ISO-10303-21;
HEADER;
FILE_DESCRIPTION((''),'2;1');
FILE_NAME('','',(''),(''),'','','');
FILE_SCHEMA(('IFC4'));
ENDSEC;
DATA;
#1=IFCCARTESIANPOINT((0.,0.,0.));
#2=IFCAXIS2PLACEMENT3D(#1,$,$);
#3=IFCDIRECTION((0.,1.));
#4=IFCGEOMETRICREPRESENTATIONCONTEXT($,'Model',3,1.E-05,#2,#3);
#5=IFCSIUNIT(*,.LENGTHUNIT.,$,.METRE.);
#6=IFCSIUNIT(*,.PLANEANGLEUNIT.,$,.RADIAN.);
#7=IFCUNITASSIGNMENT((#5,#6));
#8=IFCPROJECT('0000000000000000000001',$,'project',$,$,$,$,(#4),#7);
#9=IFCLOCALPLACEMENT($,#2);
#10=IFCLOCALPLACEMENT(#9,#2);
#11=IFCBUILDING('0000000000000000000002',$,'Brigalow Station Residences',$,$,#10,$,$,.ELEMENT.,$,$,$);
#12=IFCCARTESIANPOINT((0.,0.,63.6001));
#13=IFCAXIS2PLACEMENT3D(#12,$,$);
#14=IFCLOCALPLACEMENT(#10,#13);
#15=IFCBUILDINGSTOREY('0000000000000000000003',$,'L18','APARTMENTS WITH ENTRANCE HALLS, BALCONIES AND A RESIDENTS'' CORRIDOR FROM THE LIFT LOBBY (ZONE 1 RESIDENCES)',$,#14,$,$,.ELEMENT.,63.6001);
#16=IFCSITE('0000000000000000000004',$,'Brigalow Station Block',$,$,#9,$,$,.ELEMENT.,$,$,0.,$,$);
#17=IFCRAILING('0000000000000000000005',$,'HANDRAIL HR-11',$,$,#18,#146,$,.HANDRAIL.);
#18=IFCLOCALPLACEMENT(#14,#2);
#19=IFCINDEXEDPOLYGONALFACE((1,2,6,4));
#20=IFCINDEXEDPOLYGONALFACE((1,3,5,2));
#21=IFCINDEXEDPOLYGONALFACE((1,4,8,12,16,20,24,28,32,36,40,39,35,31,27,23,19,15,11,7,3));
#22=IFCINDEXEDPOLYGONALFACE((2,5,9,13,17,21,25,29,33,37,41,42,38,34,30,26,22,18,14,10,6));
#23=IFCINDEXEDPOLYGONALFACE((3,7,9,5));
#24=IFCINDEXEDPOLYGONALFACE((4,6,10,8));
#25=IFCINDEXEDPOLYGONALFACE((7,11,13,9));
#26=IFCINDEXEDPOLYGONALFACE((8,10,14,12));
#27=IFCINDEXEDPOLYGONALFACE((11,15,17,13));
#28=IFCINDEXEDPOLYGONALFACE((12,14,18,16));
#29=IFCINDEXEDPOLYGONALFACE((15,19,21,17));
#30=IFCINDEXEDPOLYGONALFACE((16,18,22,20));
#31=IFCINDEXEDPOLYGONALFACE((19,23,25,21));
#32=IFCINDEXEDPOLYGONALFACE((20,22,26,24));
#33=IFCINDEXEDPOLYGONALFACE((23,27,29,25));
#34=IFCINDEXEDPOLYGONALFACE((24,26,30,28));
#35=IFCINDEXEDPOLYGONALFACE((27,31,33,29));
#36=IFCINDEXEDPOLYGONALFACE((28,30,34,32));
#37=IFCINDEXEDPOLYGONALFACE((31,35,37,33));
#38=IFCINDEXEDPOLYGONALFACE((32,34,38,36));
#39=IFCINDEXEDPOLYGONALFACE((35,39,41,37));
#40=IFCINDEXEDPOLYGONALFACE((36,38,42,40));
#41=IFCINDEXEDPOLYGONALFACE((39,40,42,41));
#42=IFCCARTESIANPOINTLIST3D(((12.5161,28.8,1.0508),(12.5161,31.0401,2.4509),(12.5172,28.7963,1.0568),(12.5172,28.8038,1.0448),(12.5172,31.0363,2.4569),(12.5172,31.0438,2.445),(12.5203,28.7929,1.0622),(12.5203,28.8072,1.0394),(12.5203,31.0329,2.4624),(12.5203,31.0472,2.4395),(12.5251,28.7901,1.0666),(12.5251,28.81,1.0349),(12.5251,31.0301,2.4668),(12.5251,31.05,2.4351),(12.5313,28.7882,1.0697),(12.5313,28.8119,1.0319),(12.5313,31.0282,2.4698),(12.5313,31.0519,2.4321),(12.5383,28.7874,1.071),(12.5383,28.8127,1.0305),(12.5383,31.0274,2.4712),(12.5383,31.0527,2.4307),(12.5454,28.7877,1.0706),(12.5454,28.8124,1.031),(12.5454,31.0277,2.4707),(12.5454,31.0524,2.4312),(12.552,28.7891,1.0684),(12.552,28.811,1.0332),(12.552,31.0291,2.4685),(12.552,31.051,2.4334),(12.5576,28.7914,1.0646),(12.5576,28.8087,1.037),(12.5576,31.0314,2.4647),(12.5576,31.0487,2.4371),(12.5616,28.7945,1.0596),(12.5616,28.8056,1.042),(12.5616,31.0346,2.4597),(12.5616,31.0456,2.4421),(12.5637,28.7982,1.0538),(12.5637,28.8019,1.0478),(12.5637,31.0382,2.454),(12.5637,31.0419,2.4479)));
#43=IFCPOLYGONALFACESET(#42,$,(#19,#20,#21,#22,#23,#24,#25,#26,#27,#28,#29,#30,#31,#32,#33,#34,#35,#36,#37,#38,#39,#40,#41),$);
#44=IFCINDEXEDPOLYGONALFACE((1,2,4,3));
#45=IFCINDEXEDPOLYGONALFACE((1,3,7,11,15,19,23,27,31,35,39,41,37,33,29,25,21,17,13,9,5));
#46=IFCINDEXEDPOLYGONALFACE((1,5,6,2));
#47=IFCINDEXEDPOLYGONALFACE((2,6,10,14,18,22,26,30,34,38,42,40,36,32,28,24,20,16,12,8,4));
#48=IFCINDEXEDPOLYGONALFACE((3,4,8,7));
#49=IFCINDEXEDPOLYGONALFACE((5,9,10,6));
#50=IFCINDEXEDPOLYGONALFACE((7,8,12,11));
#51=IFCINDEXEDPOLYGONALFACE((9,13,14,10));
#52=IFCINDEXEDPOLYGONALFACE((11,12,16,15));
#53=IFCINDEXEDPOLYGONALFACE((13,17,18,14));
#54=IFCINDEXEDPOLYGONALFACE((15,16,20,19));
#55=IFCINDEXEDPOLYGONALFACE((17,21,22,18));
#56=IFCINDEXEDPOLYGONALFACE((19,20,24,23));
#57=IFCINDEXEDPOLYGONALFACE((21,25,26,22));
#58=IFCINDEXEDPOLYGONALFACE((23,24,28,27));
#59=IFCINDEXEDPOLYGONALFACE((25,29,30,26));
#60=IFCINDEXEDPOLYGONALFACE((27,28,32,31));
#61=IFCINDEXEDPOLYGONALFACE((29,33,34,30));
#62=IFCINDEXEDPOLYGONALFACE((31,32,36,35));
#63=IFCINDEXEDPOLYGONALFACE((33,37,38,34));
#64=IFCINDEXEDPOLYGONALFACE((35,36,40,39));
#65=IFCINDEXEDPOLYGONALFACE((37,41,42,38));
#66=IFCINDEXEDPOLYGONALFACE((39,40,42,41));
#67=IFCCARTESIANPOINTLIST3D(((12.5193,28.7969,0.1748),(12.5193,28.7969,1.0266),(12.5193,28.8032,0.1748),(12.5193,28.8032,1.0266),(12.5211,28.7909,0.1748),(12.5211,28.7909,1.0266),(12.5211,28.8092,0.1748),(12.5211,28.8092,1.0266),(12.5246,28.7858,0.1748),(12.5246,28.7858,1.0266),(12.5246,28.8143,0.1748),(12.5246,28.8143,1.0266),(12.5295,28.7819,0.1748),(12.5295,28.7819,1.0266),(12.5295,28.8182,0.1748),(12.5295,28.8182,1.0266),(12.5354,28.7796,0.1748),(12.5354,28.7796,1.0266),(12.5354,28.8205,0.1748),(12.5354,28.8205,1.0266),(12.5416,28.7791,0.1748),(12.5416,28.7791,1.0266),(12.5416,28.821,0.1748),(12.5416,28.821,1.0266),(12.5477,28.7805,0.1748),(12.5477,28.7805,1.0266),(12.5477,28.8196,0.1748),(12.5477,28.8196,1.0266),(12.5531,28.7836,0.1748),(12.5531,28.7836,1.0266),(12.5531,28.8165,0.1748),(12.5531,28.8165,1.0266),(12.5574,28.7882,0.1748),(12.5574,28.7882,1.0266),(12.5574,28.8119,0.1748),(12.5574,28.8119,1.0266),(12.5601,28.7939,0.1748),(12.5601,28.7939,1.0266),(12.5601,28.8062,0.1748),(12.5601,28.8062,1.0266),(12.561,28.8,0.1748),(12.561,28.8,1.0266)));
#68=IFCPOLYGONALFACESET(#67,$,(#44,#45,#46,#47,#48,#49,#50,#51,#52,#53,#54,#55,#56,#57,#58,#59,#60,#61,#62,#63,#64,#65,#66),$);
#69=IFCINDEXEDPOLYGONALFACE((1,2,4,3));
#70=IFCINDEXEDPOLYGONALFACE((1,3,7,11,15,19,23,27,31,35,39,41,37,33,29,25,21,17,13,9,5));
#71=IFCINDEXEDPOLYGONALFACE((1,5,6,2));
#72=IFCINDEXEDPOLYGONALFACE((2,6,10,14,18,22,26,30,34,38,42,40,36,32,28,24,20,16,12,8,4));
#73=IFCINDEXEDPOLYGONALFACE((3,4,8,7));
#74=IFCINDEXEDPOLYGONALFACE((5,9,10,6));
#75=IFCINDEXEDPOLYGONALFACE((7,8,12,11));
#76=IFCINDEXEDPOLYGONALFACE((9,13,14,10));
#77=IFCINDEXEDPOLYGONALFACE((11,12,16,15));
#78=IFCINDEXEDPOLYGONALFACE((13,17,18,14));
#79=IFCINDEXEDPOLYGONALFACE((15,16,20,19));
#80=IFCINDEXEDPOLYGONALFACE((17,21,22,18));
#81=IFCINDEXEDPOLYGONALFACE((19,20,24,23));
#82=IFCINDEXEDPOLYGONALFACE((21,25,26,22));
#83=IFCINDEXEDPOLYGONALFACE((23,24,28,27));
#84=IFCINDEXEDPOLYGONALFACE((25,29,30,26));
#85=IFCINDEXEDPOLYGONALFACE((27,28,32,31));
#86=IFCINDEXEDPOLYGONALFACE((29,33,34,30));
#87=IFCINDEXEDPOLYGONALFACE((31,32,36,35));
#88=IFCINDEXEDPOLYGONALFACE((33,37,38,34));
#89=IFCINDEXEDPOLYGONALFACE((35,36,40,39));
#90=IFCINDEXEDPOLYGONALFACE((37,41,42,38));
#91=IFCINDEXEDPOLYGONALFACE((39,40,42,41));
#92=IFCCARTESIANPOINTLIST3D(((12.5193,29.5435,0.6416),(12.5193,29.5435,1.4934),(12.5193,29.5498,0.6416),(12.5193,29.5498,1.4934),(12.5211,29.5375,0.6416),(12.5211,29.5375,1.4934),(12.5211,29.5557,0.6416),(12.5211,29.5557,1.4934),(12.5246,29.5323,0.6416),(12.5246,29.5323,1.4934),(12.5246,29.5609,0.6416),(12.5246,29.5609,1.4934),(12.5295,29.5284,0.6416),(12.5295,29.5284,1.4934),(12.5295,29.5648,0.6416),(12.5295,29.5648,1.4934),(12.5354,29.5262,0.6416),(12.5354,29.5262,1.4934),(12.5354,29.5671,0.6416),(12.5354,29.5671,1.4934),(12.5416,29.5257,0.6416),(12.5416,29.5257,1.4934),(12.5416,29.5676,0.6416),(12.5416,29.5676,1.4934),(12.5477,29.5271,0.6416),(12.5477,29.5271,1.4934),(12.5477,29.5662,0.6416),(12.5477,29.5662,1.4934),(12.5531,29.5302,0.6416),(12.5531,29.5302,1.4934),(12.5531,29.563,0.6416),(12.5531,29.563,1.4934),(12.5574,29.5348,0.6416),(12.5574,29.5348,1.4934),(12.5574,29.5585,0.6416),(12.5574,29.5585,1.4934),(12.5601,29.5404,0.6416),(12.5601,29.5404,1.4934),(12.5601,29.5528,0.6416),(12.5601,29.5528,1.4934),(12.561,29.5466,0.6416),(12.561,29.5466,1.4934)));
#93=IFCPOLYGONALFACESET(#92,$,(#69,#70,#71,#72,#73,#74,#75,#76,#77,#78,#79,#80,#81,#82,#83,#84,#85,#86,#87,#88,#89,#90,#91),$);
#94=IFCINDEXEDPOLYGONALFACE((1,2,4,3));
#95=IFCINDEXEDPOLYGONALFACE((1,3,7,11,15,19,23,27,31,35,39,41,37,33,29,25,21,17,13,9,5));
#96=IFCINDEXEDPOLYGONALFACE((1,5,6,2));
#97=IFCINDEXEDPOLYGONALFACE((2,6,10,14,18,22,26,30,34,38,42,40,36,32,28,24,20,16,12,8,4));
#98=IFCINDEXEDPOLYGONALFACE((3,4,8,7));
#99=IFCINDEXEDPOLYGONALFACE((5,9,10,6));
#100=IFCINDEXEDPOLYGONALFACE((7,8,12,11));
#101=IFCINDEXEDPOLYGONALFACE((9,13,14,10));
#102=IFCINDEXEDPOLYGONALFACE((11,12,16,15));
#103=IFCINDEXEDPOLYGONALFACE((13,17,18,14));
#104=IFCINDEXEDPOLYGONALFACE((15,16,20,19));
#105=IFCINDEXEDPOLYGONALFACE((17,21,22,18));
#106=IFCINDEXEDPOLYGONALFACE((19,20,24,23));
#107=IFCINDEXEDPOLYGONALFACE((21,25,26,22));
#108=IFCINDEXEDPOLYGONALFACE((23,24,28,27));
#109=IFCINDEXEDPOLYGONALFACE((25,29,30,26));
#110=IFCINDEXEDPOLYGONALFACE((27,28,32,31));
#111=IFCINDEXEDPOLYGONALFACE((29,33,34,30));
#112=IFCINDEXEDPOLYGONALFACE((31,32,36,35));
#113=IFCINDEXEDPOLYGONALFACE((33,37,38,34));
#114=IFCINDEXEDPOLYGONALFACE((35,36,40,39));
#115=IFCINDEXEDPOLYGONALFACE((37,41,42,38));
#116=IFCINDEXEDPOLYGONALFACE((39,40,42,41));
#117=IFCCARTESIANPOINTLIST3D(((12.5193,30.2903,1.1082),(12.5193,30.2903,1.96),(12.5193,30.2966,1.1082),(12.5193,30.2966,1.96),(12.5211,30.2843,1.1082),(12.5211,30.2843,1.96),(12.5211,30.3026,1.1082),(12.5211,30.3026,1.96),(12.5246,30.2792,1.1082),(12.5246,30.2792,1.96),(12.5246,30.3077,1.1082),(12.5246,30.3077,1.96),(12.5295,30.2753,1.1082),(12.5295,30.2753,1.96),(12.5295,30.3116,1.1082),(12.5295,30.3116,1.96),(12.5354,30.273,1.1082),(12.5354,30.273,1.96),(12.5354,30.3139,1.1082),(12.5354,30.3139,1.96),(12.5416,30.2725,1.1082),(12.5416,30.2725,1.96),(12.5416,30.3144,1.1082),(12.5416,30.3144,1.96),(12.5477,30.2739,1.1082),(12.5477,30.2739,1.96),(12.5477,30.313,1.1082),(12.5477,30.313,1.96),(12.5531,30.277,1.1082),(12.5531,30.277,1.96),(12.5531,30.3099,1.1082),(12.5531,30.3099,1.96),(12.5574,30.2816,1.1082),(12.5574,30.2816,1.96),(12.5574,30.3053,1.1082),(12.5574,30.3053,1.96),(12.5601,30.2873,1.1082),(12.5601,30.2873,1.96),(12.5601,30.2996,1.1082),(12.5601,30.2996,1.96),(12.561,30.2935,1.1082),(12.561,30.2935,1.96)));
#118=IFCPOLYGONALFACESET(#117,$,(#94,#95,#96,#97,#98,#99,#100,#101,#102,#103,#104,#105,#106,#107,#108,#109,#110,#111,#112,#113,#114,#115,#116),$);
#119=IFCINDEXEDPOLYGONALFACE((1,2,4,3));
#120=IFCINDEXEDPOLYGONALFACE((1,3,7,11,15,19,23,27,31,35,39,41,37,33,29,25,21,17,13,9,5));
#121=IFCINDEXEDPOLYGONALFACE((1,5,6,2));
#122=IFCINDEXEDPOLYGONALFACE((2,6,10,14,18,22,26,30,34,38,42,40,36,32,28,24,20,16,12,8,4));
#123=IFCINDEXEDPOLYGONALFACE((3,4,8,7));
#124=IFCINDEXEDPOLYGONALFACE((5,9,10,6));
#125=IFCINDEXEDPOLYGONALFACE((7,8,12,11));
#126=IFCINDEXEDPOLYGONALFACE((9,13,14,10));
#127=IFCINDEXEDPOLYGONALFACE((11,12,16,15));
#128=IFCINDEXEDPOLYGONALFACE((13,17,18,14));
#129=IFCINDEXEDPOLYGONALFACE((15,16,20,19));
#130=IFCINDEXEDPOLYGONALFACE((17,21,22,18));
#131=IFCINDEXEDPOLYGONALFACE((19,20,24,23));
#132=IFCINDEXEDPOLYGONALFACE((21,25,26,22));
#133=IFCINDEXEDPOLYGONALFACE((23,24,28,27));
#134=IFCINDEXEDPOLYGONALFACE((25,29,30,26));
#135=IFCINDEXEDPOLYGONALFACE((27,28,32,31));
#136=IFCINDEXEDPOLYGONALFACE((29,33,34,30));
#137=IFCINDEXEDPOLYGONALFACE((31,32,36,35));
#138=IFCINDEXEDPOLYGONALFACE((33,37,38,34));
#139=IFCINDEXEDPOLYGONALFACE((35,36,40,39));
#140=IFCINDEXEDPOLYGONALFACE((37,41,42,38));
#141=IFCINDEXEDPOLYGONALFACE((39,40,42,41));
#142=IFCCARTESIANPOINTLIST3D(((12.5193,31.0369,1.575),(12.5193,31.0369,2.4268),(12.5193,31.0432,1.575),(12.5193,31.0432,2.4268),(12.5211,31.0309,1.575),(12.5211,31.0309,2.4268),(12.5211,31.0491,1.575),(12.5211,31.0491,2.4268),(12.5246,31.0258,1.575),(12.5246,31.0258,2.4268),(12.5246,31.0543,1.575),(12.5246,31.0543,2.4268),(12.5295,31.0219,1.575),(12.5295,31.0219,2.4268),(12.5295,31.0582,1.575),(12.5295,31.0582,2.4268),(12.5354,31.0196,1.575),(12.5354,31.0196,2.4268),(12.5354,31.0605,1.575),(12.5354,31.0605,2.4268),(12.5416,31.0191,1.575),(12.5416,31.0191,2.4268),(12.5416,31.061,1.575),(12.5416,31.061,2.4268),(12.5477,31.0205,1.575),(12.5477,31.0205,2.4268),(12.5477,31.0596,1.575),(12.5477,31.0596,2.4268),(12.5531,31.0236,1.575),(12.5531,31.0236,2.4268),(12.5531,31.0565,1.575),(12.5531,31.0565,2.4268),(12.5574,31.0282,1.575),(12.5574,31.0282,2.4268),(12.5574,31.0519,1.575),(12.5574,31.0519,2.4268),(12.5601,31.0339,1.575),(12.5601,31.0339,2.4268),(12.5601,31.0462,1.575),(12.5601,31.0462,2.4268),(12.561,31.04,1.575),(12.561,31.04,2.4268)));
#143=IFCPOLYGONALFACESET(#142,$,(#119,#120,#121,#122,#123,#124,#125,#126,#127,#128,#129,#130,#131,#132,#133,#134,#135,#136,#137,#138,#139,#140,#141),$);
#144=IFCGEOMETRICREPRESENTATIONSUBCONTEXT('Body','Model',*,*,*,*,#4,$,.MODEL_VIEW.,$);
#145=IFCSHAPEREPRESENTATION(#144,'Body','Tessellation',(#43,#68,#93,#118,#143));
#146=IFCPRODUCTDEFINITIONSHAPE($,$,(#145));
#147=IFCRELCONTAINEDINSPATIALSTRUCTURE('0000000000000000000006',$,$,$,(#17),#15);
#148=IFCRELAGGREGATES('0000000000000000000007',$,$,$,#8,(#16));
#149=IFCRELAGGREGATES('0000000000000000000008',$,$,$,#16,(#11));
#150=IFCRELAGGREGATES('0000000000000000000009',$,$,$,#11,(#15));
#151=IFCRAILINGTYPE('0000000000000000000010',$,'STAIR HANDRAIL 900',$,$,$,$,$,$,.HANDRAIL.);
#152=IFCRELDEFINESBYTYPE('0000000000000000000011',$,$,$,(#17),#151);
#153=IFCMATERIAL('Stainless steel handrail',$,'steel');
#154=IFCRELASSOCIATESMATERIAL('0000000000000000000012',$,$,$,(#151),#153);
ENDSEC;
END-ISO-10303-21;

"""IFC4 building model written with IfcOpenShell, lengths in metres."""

from ifc_helpers import new_model, si_unit, direction, frame, origin, origin_2d, place, context, subcontext, project, spatial, circle, extrude, material, type_object, element, save


model = new_model("IFC4")

# Units and contexts
model_context = context("Model", 3, precision=1e-05, world=origin(), true_north=direction((0.0, 1.0)))
body_context = subcontext(model_context, "Body", "Model", "MODEL_VIEW")
ifc_project = project(units=[si_unit("LENGTHUNIT", "METRE"), si_unit("PLANEANGLEUNIT", "RADIAN")], contexts=[model_context])

# Site, building, storey
site_placement = place(None, origin())
site = spatial("IfcSite", under=ifc_project, at=site_placement, Name="Brigalow Station Block", CompositionType="ELEMENT", RefElevation=0.0)
building_placement = place(site_placement, origin())
building = spatial("IfcBuilding", under=site, at=building_placement, Name="Brigalow Station Residences", CompositionType="ELEMENT")
storey_placement = place(building_placement, frame((0.0, 0.0, 63.6001)))
storey = spatial("IfcBuildingStorey", under=building, at=storey_placement, Name="L18", Description="APARTMENTS WITH ENTRANCE HALLS, BALCONIES AND A RESIDENTS' CORRIDOR FROM THE LIFT LOBBY (ZONE 1 RESIDENCES)", CompositionType="ELEMENT", Elevation=63.6001)

# Railing
ifc_material_1 = material(Name="Stainless steel handrail", Category="steel")
railing_type = type_object("IfcRailingType", Name="STAIR HANDRAIL 900", PredefinedType="HANDRAIL", material=ifc_material_1)
railing_placement = place(storey_placement, frame((12.54, 28.8, 0.1748)))
element("IfcRailing", 1, at=railing_placement, inside=storey, type_object=railing_type, Name="HANDRAIL HR-11", PredefinedType="HANDRAIL", context=body_context, shape_type="SweptSolid", body=[
    extrude(circle(Radius=0.0239, at=origin_2d()), frame((0.0, 0.0, 0.876), z_axis=(0.0, 0.847972, 0.53004), x_axis=(-1.0, 0.0, 0.0)), (0.0, 0.0, 1.0), 2.6416),
    extrude(circle(Radius=0.021, at=origin_2d()), origin(), (0.0, 0.0, 1.0), 0.8518),
    extrude(circle(Radius=0.021, at=origin_2d()), frame((0.0, 0.7466, 0.4668)), (0.0, 0.0, 1.0), 0.8518),
    extrude(circle(Radius=0.021, at=origin_2d()), frame((0.0, 1.4934, 0.9333)), (0.0, 0.0, 1.0), 0.8518),
    extrude(circle(Radius=0.021, at=origin_2d()), frame((0.0, 2.24, 1.4001)), (0.0, 0.0, 1.0), 0.8518),
])

save(model, "model.ifc")
